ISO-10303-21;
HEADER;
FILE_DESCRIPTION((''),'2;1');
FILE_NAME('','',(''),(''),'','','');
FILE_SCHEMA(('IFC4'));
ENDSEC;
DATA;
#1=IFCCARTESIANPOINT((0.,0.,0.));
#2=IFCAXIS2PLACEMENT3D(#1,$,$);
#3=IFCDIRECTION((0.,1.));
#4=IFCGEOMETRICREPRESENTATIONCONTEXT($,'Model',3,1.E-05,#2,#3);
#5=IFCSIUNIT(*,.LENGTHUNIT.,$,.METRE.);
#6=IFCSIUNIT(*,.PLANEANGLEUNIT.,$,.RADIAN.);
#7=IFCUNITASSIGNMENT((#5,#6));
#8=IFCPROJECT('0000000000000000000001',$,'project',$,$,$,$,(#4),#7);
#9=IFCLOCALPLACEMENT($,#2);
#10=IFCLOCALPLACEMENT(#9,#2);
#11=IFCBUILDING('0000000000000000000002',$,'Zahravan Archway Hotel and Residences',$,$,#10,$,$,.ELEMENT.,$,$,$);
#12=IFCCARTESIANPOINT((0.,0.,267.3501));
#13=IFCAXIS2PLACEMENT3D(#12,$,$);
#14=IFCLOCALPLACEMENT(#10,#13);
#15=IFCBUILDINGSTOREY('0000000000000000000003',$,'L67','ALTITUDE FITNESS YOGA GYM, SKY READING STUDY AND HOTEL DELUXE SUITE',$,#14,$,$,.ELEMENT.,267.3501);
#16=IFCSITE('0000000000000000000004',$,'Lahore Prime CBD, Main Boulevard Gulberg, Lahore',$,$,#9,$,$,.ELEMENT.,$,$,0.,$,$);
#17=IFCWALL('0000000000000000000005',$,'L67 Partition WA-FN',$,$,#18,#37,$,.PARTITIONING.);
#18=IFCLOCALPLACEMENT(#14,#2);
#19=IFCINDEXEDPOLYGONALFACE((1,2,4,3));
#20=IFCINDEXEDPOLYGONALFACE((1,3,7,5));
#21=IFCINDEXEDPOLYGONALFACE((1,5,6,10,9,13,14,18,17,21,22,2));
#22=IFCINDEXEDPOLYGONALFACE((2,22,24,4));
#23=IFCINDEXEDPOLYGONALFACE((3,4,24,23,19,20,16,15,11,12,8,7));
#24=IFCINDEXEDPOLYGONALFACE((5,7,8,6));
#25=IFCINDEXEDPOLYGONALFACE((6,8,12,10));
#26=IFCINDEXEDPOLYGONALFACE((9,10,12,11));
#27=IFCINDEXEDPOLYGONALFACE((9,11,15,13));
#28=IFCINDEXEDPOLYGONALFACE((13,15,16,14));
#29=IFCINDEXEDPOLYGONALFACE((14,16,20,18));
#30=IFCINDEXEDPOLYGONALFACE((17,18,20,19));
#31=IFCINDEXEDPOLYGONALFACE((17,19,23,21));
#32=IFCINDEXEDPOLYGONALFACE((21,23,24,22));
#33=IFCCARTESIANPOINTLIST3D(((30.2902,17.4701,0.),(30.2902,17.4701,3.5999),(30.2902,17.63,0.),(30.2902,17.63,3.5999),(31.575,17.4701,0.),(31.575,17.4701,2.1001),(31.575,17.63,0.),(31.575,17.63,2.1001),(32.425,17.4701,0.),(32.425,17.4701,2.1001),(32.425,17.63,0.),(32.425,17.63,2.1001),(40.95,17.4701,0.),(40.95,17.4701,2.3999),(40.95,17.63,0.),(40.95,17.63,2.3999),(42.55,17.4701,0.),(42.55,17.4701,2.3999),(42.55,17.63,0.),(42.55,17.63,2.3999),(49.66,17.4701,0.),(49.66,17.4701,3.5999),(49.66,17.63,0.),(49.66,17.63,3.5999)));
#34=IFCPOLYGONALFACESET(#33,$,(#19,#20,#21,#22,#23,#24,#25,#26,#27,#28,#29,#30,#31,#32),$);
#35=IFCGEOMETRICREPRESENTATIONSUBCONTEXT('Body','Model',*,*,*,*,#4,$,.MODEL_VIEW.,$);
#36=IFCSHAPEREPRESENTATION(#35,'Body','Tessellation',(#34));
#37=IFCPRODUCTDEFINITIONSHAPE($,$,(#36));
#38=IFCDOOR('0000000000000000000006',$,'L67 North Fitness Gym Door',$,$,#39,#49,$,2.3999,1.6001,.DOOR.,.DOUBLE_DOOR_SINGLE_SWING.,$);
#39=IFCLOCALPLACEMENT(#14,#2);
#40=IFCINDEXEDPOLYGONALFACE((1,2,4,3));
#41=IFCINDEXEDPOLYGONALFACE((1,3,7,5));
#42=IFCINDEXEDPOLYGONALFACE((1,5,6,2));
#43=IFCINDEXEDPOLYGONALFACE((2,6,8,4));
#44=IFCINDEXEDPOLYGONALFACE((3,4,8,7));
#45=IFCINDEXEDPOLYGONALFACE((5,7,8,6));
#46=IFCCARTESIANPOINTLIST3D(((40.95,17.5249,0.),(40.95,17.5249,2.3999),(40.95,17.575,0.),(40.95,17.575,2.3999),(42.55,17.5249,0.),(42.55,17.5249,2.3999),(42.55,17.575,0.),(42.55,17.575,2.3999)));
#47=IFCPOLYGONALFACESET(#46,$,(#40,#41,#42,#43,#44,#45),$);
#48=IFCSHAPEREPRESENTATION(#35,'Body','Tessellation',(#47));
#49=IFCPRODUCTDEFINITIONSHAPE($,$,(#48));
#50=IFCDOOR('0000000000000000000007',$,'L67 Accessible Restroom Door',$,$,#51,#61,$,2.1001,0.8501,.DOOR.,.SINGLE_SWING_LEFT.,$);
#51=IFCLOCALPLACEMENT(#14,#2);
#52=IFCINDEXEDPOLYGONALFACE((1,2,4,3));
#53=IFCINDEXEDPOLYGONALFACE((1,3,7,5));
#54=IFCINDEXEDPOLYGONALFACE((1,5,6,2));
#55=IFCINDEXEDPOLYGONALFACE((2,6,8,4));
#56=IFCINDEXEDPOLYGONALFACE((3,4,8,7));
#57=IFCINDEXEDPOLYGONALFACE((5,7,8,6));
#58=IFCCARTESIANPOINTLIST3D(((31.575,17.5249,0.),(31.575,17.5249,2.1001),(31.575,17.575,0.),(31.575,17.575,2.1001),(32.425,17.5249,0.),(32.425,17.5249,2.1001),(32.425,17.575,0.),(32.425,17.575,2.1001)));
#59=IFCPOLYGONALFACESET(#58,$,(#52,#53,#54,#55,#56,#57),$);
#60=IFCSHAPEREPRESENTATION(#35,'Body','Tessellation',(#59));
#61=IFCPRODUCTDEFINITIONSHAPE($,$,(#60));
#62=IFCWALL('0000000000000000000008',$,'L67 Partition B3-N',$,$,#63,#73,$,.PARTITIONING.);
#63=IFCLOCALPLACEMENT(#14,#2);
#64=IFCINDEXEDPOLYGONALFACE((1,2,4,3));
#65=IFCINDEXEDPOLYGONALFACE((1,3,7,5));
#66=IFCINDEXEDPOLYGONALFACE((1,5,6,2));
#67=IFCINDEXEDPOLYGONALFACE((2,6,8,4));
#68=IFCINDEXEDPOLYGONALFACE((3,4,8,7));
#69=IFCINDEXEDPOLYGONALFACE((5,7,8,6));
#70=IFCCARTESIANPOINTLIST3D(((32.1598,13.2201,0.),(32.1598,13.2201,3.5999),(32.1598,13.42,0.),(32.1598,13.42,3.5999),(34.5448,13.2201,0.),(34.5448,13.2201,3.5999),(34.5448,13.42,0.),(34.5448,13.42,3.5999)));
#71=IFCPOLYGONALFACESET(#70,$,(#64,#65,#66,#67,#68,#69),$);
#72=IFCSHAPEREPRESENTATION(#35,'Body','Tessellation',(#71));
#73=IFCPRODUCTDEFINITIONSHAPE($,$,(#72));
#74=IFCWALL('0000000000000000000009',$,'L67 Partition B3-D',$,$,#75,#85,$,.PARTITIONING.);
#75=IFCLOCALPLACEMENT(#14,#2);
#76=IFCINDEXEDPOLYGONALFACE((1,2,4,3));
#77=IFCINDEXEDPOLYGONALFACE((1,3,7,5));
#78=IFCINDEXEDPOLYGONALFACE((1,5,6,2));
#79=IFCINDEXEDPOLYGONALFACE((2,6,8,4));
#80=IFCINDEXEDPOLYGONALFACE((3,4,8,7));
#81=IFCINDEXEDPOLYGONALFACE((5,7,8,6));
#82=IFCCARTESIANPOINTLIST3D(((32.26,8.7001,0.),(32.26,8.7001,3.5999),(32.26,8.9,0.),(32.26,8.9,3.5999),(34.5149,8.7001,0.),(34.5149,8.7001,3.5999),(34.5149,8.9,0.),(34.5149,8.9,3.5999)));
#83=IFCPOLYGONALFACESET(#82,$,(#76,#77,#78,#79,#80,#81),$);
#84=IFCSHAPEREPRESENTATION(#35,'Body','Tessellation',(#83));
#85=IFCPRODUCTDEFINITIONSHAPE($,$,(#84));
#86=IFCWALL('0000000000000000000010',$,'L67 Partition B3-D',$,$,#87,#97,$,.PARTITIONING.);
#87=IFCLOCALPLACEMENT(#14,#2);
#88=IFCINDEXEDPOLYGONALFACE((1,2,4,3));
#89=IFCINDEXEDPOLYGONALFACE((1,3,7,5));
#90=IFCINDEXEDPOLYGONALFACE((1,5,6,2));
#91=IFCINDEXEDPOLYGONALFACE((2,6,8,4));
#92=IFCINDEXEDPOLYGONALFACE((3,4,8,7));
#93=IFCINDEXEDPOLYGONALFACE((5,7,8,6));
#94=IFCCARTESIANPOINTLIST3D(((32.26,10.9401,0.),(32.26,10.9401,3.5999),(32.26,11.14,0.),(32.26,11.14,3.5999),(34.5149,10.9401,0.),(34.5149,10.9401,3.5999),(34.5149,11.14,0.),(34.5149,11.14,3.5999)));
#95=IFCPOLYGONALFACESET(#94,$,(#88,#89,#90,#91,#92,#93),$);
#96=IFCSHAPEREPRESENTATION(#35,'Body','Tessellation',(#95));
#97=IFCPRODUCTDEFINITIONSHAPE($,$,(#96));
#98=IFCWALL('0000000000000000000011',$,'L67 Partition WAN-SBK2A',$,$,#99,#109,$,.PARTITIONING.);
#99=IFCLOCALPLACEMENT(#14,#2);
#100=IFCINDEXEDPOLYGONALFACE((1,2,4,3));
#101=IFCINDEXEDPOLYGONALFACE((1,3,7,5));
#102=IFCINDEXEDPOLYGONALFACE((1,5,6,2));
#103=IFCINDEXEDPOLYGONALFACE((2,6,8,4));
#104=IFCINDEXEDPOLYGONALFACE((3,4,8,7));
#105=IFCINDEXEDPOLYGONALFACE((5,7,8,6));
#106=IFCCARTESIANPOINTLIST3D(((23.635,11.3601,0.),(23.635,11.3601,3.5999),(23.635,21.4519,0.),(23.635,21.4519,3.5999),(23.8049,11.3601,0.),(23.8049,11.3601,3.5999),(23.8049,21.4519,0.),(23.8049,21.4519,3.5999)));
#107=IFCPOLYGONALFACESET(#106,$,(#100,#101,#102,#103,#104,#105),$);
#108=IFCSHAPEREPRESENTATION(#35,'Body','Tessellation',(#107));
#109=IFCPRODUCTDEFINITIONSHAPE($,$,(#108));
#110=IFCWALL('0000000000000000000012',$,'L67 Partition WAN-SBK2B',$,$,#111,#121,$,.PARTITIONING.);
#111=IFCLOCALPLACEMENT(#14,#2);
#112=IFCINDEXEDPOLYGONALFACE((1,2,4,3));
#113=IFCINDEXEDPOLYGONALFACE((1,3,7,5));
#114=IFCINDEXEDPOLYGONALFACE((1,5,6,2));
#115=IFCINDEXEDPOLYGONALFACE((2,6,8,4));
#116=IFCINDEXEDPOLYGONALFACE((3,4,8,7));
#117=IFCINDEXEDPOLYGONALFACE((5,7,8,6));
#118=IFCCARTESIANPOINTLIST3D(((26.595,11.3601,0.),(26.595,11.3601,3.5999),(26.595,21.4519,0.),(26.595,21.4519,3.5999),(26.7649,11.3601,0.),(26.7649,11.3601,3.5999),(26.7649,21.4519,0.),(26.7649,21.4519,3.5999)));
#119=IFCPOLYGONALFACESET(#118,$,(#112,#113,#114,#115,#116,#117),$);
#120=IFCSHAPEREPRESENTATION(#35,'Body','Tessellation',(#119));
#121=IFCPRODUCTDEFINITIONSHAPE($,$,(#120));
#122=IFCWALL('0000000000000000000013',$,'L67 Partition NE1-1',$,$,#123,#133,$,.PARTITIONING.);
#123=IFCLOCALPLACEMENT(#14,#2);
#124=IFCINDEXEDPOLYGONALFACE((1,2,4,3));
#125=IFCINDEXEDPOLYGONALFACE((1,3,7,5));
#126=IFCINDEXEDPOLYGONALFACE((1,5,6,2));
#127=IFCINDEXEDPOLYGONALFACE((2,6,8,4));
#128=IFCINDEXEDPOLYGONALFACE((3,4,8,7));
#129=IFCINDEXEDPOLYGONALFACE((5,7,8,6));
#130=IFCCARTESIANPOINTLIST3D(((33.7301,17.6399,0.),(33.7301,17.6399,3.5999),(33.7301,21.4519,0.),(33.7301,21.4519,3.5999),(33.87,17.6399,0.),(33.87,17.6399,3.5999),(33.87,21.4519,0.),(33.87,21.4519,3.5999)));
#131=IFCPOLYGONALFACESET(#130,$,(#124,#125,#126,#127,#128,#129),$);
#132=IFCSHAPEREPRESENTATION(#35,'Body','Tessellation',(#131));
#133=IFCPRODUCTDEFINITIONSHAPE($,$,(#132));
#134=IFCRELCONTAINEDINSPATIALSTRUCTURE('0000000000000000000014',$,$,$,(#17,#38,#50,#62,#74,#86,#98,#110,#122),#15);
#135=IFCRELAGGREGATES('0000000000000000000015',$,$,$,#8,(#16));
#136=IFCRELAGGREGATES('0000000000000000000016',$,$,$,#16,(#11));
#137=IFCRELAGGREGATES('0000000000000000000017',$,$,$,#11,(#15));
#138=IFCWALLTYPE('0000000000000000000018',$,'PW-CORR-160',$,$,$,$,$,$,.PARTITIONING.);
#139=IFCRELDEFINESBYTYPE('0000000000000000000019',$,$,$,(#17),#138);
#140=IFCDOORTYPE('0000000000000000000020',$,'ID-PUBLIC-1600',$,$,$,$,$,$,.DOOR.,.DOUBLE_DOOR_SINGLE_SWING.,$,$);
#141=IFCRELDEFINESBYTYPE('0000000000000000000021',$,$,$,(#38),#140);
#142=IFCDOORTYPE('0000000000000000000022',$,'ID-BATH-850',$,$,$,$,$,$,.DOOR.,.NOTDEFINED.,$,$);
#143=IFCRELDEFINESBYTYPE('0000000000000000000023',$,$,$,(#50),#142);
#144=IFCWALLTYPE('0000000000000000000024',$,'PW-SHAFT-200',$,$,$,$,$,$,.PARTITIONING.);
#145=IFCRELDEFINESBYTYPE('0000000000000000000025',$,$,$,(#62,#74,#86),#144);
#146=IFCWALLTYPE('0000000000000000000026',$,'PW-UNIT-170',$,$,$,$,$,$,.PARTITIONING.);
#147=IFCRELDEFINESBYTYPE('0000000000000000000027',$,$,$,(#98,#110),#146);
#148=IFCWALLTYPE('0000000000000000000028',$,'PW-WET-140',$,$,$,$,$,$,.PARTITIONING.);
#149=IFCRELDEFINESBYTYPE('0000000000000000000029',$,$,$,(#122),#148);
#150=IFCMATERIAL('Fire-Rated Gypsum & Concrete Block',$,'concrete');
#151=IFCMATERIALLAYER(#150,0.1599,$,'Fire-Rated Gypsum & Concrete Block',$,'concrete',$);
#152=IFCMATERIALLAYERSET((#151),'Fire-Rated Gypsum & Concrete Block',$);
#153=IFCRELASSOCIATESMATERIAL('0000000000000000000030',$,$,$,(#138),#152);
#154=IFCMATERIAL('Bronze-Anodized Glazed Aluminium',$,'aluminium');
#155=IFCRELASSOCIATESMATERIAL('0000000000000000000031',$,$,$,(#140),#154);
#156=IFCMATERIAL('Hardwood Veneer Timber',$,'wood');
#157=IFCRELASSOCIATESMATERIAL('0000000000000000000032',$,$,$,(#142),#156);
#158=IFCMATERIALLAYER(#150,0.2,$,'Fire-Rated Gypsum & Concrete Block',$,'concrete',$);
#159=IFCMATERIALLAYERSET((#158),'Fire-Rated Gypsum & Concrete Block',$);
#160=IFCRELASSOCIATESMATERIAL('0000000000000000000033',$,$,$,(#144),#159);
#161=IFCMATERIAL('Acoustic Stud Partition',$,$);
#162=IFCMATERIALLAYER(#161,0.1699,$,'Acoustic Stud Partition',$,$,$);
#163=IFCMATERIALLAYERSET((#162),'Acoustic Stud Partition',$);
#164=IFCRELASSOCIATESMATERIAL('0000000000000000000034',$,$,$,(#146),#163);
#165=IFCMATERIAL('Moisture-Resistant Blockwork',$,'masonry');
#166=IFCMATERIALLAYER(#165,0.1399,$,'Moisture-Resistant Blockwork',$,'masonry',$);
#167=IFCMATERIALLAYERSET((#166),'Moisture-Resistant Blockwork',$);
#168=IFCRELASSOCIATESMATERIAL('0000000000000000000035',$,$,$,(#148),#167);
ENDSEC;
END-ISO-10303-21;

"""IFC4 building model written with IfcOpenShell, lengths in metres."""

from ifc_helpers import new_model, si_unit, direction, frame, frame_2d, origin, place, context, subcontext, project, spatial, rectangle, extrude, source, transform, mapped, material, layer, layer_set, type_object, type_shapes, element, fill, save


model = new_model("IFC4")

# Units and contexts
model_context = context("Model", 3, precision=1e-05, world=origin(), true_north=direction((0.0, 1.0)))
body_context = subcontext(model_context, "Body", "Model", "MODEL_VIEW")
ifc_project = project(units=[si_unit("LENGTHUNIT", "METRE"), si_unit("PLANEANGLEUNIT", "RADIAN")], contexts=[model_context])

# Site, building, storey
site_placement = place(None, origin())
site = spatial("IfcSite", under=ifc_project, at=site_placement, Name="Lahore Prime CBD, Main Boulevard Gulberg, Lahore", CompositionType="ELEMENT", RefElevation=0.0)
building_placement = place(site_placement, origin())
building = spatial("IfcBuilding", under=site, at=building_placement, Name="Zahravan Archway Hotel and Residences", CompositionType="ELEMENT")
storey_placement = place(building_placement, frame((0.0, 0.0, 267.3501)))
storey = spatial("IfcBuildingStorey", under=building, at=storey_placement, Name="L67", Description="ALTITUDE FITNESS YOGA GYM, SKY READING STUDY AND HOTEL DELUXE SUITE", CompositionType="ELEMENT", Elevation=267.3501)

# Shared definitions
ifc_material_1 = material(Name="Fire-Rated Gypsum & Concrete Block", Category="concrete")
ifc_layer_1 = layer(ifc_material_1, 0.1599, Name="Fire-Rated Gypsum & Concrete Block", Category="concrete")
ifc_layer_set_1 = layer_set([ifc_layer_1], Name="Fire-Rated Gypsum & Concrete Block")
wall_type_1 = type_object("IfcWallType", Name="PW-CORR-160", PredefinedType="PARTITIONING", material=ifc_layer_set_1)

# Wall, openings, doors
wall_1_placement = place(storey_placement, frame((30.29, 17.55, 0.0), z_axis=(0.0, 0.0, 1.0), x_axis=(1.0, 0.0, 0.0)))
wall_1 = element("IfcWall", 1, at=wall_1_placement, inside=storey, type_object=wall_type_1, Name="L67 Partition WA-FN", PredefinedType="PARTITIONING", context=body_context, shape_type="SweptSolid", body=[
    extrude(rectangle(XDim=19.3699, YDim=0.1599, at=frame_2d((9.6851, 0.0))), origin(), (0.0, 0.0, 1.0), 3.5999),
])
opening_1_placement = place(wall_1_placement, frame((1.2849, 0.0, 0.0)))
opening_1 = element("IfcOpeningElement", 2, at=opening_1_placement, cuts=wall_1, PredefinedType="OPENING", context=body_context, shape_type="SweptSolid", body=[
    extrude(rectangle(XDim=0.8501, YDim=2.1001, at=frame_2d((0.425, 1.05))), frame((0.0, 0.0898, 0.0), z_axis=(0.0, -1.0, 0.0), x_axis=(1.0, 0.0, 0.0)), (0.0, 0.0, 1.0), 0.1799),
])
opening_2_placement = place(wall_1_placement, frame((10.6599, 0.0, 0.0)))
opening_2 = element("IfcOpeningElement", 3, at=opening_2_placement, cuts=wall_1, PredefinedType="OPENING", context=body_context, shape_type="SweptSolid", body=[
    extrude(rectangle(XDim=1.6001, YDim=2.3999, at=frame_2d((0.8, 1.2))), frame((0.0, 0.0898, 0.0), z_axis=(0.0, -1.0, 0.0), x_axis=(1.0, 0.0, 0.0)), (0.0, 0.0, 1.0), 0.1799),
])
ifc_material_2 = material(Name="Bronze-Anodized Glazed Aluminium", Category="aluminium")
door_type_1 = type_object("IfcDoorType", Name="ID-PUBLIC-1600", OperationType="DOUBLE_DOOR_SINGLE_SWING", PredefinedType="DOOR", material=ifc_material_2)
shared_shape_1 = source(origin(), body_context, "Body", "SweptSolid", [
    extrude(rectangle(XDim=1.6001, YDim=2.3999, at=frame_2d((0.8, 1.2))), frame((0.0, 0.0249, 0.0), z_axis=(0.0, -1.0, 0.0), x_axis=(1.0, 0.0, 0.0)), (0.0, 0.0, 1.0), 0.05),
])
type_shapes(door_type_1, [shared_shape_1])
door_1_placement = place(opening_2_placement, origin())
door_1 = element("IfcDoor", 4, at=door_1_placement, inside=storey, type_object=door_type_1, Name="L67 North Fitness Gym Door", OperationType="DOUBLE_DOOR_SINGLE_SWING", OverallHeight=2.3999, OverallWidth=1.6001, PredefinedType="DOOR", context=body_context, shape_type="MappedRepresentation", body=[
    mapped(shared_shape_1, transform((0.0, 0.0, 0.0), scale=1.0)),
])
fill(opening_2, door_1)
ifc_material_3 = material(Name="Hardwood Veneer Timber", Category="wood")
door_type_2 = type_object("IfcDoorType", Name="ID-BATH-850", OperationType="NOTDEFINED", PredefinedType="DOOR", material=ifc_material_3)
shared_shape_2 = source(origin(), body_context, "Body", "SweptSolid", [
    extrude(rectangle(XDim=0.8501, YDim=2.1001, at=frame_2d((0.425, 1.05))), frame((0.0, 0.0249, 0.0), z_axis=(0.0, -1.0, 0.0), x_axis=(1.0, 0.0, 0.0)), (0.0, 0.0, 1.0), 0.05),
])
type_shapes(door_type_2, [shared_shape_2])
door_2_placement = place(opening_1_placement, origin())
door_2 = element("IfcDoor", 5, at=door_2_placement, inside=storey, type_object=door_type_2, Name="L67 Accessible Restroom Door", OperationType="SINGLE_SWING_LEFT", OverallHeight=2.1001, OverallWidth=0.8501, PredefinedType="DOOR", context=body_context, shape_type="MappedRepresentation", body=[
    mapped(shared_shape_2, transform((0.0, 0.0, 0.0), scale=1.0)),
])
fill(opening_1, door_2)

# Walls
ifc_layer_2 = layer(ifc_material_1, 0.2, Name="Fire-Rated Gypsum & Concrete Block", Category="concrete")
ifc_layer_set_2 = layer_set([ifc_layer_2], Name="Fire-Rated Gypsum & Concrete Block")
wall_type_2 = type_object("IfcWallType", Name="PW-SHAFT-200", PredefinedType="PARTITIONING", material=ifc_layer_set_2)
wall_2_placement = place(storey_placement, frame((32.1599, 13.3201, 0.0), z_axis=(0.0, 0.0, 1.0), x_axis=(1.0, 0.0, 0.0)))
element("IfcWall", 6, at=wall_2_placement, inside=storey, type_object=wall_type_2, Name="L67 Partition B3-N", PredefinedType="PARTITIONING", context=body_context, shape_type="SweptSolid", body=[
    extrude(rectangle(XDim=2.385, YDim=0.2, at=frame_2d((1.1924, 0.0))), origin(), (0.0, 0.0, 1.0), 3.5999),
])
for number, where, z_axis, x_axis, name in (
    (7, (32.26, 8.8, 0.0), (0.0, 0.0, 1.0), (1.0, 0.0, 0.0), "L67 Partition B3-D"),
    (8, (32.26, 11.04, 0.0), (0.0, 0.0, 1.0), (1.0, 0.0, 0.0), "L67 Partition B3-D"),
):
    element("IfcWall", number, at=place(storey_placement, frame(where, z_axis=z_axis, x_axis=x_axis)), inside=storey, type_object=wall_type_2, Name=name, PredefinedType="PARTITIONING", context=body_context, shape_type="SweptSolid", body=[
        extrude(rectangle(XDim=2.2549, YDim=0.2, at=frame_2d((1.1274, 0.0))), origin(), (0.0, 0.0, 1.0), 3.5999),
    ])
ifc_material_4 = material(Name="Acoustic Stud Partition")
ifc_layer_3 = layer(ifc_material_4, 0.1699, Name="Acoustic Stud Partition")
ifc_layer_set_3 = layer_set([ifc_layer_3], Name="Acoustic Stud Partition")
wall_type_3 = type_object("IfcWallType", Name="PW-UNIT-170", PredefinedType="PARTITIONING", material=ifc_layer_set_3)
for number, where, z_axis, x_axis, name in (
    (9, (23.72, 11.3601, 0.0), (0.0, 0.0, 1.0), (0.0, 1.0, 0.0), "L67 Partition WAN-SBK2A"),
    (10, (26.6799, 11.3601, 0.0), (0.0, 0.0, 1.0), (0.0, 1.0, 0.0), "L67 Partition WAN-SBK2B"),
):
    element("IfcWall", number, at=place(storey_placement, frame(where, z_axis=z_axis, x_axis=x_axis)), inside=storey, type_object=wall_type_3, Name=name, PredefinedType="PARTITIONING", context=body_context, shape_type="SweptSolid", body=[
        extrude(rectangle(XDim=10.0918, YDim=0.1699, at=frame_2d((5.0459, 0.0))), origin(), (0.0, 0.0, 1.0), 3.5999),
    ])
ifc_material_5 = material(Name="Moisture-Resistant Blockwork", Category="masonry")
ifc_layer_4 = layer(ifc_material_5, 0.1399, Name="Moisture-Resistant Blockwork", Category="masonry")
ifc_layer_set_4 = layer_set([ifc_layer_4], Name="Moisture-Resistant Blockwork")
wall_type_4 = type_object("IfcWallType", Name="PW-WET-140", PredefinedType="PARTITIONING", material=ifc_layer_set_4)
wall_3_placement = place(storey_placement, frame((33.8, 17.6399, 0.0), z_axis=(0.0, 0.0, 1.0), x_axis=(0.0, 1.0, 0.0)))
element("IfcWall", 11, at=wall_3_placement, inside=storey, type_object=wall_type_4, Name="L67 Partition NE1-1", PredefinedType="PARTITIONING", context=body_context, shape_type="SweptSolid", body=[
    extrude(rectangle(XDim=3.812, YDim=0.1399, at=frame_2d((1.906, 0.0))), origin(), (0.0, 0.0, 1.0), 3.5999),
])

save(model, "model.ifc")
